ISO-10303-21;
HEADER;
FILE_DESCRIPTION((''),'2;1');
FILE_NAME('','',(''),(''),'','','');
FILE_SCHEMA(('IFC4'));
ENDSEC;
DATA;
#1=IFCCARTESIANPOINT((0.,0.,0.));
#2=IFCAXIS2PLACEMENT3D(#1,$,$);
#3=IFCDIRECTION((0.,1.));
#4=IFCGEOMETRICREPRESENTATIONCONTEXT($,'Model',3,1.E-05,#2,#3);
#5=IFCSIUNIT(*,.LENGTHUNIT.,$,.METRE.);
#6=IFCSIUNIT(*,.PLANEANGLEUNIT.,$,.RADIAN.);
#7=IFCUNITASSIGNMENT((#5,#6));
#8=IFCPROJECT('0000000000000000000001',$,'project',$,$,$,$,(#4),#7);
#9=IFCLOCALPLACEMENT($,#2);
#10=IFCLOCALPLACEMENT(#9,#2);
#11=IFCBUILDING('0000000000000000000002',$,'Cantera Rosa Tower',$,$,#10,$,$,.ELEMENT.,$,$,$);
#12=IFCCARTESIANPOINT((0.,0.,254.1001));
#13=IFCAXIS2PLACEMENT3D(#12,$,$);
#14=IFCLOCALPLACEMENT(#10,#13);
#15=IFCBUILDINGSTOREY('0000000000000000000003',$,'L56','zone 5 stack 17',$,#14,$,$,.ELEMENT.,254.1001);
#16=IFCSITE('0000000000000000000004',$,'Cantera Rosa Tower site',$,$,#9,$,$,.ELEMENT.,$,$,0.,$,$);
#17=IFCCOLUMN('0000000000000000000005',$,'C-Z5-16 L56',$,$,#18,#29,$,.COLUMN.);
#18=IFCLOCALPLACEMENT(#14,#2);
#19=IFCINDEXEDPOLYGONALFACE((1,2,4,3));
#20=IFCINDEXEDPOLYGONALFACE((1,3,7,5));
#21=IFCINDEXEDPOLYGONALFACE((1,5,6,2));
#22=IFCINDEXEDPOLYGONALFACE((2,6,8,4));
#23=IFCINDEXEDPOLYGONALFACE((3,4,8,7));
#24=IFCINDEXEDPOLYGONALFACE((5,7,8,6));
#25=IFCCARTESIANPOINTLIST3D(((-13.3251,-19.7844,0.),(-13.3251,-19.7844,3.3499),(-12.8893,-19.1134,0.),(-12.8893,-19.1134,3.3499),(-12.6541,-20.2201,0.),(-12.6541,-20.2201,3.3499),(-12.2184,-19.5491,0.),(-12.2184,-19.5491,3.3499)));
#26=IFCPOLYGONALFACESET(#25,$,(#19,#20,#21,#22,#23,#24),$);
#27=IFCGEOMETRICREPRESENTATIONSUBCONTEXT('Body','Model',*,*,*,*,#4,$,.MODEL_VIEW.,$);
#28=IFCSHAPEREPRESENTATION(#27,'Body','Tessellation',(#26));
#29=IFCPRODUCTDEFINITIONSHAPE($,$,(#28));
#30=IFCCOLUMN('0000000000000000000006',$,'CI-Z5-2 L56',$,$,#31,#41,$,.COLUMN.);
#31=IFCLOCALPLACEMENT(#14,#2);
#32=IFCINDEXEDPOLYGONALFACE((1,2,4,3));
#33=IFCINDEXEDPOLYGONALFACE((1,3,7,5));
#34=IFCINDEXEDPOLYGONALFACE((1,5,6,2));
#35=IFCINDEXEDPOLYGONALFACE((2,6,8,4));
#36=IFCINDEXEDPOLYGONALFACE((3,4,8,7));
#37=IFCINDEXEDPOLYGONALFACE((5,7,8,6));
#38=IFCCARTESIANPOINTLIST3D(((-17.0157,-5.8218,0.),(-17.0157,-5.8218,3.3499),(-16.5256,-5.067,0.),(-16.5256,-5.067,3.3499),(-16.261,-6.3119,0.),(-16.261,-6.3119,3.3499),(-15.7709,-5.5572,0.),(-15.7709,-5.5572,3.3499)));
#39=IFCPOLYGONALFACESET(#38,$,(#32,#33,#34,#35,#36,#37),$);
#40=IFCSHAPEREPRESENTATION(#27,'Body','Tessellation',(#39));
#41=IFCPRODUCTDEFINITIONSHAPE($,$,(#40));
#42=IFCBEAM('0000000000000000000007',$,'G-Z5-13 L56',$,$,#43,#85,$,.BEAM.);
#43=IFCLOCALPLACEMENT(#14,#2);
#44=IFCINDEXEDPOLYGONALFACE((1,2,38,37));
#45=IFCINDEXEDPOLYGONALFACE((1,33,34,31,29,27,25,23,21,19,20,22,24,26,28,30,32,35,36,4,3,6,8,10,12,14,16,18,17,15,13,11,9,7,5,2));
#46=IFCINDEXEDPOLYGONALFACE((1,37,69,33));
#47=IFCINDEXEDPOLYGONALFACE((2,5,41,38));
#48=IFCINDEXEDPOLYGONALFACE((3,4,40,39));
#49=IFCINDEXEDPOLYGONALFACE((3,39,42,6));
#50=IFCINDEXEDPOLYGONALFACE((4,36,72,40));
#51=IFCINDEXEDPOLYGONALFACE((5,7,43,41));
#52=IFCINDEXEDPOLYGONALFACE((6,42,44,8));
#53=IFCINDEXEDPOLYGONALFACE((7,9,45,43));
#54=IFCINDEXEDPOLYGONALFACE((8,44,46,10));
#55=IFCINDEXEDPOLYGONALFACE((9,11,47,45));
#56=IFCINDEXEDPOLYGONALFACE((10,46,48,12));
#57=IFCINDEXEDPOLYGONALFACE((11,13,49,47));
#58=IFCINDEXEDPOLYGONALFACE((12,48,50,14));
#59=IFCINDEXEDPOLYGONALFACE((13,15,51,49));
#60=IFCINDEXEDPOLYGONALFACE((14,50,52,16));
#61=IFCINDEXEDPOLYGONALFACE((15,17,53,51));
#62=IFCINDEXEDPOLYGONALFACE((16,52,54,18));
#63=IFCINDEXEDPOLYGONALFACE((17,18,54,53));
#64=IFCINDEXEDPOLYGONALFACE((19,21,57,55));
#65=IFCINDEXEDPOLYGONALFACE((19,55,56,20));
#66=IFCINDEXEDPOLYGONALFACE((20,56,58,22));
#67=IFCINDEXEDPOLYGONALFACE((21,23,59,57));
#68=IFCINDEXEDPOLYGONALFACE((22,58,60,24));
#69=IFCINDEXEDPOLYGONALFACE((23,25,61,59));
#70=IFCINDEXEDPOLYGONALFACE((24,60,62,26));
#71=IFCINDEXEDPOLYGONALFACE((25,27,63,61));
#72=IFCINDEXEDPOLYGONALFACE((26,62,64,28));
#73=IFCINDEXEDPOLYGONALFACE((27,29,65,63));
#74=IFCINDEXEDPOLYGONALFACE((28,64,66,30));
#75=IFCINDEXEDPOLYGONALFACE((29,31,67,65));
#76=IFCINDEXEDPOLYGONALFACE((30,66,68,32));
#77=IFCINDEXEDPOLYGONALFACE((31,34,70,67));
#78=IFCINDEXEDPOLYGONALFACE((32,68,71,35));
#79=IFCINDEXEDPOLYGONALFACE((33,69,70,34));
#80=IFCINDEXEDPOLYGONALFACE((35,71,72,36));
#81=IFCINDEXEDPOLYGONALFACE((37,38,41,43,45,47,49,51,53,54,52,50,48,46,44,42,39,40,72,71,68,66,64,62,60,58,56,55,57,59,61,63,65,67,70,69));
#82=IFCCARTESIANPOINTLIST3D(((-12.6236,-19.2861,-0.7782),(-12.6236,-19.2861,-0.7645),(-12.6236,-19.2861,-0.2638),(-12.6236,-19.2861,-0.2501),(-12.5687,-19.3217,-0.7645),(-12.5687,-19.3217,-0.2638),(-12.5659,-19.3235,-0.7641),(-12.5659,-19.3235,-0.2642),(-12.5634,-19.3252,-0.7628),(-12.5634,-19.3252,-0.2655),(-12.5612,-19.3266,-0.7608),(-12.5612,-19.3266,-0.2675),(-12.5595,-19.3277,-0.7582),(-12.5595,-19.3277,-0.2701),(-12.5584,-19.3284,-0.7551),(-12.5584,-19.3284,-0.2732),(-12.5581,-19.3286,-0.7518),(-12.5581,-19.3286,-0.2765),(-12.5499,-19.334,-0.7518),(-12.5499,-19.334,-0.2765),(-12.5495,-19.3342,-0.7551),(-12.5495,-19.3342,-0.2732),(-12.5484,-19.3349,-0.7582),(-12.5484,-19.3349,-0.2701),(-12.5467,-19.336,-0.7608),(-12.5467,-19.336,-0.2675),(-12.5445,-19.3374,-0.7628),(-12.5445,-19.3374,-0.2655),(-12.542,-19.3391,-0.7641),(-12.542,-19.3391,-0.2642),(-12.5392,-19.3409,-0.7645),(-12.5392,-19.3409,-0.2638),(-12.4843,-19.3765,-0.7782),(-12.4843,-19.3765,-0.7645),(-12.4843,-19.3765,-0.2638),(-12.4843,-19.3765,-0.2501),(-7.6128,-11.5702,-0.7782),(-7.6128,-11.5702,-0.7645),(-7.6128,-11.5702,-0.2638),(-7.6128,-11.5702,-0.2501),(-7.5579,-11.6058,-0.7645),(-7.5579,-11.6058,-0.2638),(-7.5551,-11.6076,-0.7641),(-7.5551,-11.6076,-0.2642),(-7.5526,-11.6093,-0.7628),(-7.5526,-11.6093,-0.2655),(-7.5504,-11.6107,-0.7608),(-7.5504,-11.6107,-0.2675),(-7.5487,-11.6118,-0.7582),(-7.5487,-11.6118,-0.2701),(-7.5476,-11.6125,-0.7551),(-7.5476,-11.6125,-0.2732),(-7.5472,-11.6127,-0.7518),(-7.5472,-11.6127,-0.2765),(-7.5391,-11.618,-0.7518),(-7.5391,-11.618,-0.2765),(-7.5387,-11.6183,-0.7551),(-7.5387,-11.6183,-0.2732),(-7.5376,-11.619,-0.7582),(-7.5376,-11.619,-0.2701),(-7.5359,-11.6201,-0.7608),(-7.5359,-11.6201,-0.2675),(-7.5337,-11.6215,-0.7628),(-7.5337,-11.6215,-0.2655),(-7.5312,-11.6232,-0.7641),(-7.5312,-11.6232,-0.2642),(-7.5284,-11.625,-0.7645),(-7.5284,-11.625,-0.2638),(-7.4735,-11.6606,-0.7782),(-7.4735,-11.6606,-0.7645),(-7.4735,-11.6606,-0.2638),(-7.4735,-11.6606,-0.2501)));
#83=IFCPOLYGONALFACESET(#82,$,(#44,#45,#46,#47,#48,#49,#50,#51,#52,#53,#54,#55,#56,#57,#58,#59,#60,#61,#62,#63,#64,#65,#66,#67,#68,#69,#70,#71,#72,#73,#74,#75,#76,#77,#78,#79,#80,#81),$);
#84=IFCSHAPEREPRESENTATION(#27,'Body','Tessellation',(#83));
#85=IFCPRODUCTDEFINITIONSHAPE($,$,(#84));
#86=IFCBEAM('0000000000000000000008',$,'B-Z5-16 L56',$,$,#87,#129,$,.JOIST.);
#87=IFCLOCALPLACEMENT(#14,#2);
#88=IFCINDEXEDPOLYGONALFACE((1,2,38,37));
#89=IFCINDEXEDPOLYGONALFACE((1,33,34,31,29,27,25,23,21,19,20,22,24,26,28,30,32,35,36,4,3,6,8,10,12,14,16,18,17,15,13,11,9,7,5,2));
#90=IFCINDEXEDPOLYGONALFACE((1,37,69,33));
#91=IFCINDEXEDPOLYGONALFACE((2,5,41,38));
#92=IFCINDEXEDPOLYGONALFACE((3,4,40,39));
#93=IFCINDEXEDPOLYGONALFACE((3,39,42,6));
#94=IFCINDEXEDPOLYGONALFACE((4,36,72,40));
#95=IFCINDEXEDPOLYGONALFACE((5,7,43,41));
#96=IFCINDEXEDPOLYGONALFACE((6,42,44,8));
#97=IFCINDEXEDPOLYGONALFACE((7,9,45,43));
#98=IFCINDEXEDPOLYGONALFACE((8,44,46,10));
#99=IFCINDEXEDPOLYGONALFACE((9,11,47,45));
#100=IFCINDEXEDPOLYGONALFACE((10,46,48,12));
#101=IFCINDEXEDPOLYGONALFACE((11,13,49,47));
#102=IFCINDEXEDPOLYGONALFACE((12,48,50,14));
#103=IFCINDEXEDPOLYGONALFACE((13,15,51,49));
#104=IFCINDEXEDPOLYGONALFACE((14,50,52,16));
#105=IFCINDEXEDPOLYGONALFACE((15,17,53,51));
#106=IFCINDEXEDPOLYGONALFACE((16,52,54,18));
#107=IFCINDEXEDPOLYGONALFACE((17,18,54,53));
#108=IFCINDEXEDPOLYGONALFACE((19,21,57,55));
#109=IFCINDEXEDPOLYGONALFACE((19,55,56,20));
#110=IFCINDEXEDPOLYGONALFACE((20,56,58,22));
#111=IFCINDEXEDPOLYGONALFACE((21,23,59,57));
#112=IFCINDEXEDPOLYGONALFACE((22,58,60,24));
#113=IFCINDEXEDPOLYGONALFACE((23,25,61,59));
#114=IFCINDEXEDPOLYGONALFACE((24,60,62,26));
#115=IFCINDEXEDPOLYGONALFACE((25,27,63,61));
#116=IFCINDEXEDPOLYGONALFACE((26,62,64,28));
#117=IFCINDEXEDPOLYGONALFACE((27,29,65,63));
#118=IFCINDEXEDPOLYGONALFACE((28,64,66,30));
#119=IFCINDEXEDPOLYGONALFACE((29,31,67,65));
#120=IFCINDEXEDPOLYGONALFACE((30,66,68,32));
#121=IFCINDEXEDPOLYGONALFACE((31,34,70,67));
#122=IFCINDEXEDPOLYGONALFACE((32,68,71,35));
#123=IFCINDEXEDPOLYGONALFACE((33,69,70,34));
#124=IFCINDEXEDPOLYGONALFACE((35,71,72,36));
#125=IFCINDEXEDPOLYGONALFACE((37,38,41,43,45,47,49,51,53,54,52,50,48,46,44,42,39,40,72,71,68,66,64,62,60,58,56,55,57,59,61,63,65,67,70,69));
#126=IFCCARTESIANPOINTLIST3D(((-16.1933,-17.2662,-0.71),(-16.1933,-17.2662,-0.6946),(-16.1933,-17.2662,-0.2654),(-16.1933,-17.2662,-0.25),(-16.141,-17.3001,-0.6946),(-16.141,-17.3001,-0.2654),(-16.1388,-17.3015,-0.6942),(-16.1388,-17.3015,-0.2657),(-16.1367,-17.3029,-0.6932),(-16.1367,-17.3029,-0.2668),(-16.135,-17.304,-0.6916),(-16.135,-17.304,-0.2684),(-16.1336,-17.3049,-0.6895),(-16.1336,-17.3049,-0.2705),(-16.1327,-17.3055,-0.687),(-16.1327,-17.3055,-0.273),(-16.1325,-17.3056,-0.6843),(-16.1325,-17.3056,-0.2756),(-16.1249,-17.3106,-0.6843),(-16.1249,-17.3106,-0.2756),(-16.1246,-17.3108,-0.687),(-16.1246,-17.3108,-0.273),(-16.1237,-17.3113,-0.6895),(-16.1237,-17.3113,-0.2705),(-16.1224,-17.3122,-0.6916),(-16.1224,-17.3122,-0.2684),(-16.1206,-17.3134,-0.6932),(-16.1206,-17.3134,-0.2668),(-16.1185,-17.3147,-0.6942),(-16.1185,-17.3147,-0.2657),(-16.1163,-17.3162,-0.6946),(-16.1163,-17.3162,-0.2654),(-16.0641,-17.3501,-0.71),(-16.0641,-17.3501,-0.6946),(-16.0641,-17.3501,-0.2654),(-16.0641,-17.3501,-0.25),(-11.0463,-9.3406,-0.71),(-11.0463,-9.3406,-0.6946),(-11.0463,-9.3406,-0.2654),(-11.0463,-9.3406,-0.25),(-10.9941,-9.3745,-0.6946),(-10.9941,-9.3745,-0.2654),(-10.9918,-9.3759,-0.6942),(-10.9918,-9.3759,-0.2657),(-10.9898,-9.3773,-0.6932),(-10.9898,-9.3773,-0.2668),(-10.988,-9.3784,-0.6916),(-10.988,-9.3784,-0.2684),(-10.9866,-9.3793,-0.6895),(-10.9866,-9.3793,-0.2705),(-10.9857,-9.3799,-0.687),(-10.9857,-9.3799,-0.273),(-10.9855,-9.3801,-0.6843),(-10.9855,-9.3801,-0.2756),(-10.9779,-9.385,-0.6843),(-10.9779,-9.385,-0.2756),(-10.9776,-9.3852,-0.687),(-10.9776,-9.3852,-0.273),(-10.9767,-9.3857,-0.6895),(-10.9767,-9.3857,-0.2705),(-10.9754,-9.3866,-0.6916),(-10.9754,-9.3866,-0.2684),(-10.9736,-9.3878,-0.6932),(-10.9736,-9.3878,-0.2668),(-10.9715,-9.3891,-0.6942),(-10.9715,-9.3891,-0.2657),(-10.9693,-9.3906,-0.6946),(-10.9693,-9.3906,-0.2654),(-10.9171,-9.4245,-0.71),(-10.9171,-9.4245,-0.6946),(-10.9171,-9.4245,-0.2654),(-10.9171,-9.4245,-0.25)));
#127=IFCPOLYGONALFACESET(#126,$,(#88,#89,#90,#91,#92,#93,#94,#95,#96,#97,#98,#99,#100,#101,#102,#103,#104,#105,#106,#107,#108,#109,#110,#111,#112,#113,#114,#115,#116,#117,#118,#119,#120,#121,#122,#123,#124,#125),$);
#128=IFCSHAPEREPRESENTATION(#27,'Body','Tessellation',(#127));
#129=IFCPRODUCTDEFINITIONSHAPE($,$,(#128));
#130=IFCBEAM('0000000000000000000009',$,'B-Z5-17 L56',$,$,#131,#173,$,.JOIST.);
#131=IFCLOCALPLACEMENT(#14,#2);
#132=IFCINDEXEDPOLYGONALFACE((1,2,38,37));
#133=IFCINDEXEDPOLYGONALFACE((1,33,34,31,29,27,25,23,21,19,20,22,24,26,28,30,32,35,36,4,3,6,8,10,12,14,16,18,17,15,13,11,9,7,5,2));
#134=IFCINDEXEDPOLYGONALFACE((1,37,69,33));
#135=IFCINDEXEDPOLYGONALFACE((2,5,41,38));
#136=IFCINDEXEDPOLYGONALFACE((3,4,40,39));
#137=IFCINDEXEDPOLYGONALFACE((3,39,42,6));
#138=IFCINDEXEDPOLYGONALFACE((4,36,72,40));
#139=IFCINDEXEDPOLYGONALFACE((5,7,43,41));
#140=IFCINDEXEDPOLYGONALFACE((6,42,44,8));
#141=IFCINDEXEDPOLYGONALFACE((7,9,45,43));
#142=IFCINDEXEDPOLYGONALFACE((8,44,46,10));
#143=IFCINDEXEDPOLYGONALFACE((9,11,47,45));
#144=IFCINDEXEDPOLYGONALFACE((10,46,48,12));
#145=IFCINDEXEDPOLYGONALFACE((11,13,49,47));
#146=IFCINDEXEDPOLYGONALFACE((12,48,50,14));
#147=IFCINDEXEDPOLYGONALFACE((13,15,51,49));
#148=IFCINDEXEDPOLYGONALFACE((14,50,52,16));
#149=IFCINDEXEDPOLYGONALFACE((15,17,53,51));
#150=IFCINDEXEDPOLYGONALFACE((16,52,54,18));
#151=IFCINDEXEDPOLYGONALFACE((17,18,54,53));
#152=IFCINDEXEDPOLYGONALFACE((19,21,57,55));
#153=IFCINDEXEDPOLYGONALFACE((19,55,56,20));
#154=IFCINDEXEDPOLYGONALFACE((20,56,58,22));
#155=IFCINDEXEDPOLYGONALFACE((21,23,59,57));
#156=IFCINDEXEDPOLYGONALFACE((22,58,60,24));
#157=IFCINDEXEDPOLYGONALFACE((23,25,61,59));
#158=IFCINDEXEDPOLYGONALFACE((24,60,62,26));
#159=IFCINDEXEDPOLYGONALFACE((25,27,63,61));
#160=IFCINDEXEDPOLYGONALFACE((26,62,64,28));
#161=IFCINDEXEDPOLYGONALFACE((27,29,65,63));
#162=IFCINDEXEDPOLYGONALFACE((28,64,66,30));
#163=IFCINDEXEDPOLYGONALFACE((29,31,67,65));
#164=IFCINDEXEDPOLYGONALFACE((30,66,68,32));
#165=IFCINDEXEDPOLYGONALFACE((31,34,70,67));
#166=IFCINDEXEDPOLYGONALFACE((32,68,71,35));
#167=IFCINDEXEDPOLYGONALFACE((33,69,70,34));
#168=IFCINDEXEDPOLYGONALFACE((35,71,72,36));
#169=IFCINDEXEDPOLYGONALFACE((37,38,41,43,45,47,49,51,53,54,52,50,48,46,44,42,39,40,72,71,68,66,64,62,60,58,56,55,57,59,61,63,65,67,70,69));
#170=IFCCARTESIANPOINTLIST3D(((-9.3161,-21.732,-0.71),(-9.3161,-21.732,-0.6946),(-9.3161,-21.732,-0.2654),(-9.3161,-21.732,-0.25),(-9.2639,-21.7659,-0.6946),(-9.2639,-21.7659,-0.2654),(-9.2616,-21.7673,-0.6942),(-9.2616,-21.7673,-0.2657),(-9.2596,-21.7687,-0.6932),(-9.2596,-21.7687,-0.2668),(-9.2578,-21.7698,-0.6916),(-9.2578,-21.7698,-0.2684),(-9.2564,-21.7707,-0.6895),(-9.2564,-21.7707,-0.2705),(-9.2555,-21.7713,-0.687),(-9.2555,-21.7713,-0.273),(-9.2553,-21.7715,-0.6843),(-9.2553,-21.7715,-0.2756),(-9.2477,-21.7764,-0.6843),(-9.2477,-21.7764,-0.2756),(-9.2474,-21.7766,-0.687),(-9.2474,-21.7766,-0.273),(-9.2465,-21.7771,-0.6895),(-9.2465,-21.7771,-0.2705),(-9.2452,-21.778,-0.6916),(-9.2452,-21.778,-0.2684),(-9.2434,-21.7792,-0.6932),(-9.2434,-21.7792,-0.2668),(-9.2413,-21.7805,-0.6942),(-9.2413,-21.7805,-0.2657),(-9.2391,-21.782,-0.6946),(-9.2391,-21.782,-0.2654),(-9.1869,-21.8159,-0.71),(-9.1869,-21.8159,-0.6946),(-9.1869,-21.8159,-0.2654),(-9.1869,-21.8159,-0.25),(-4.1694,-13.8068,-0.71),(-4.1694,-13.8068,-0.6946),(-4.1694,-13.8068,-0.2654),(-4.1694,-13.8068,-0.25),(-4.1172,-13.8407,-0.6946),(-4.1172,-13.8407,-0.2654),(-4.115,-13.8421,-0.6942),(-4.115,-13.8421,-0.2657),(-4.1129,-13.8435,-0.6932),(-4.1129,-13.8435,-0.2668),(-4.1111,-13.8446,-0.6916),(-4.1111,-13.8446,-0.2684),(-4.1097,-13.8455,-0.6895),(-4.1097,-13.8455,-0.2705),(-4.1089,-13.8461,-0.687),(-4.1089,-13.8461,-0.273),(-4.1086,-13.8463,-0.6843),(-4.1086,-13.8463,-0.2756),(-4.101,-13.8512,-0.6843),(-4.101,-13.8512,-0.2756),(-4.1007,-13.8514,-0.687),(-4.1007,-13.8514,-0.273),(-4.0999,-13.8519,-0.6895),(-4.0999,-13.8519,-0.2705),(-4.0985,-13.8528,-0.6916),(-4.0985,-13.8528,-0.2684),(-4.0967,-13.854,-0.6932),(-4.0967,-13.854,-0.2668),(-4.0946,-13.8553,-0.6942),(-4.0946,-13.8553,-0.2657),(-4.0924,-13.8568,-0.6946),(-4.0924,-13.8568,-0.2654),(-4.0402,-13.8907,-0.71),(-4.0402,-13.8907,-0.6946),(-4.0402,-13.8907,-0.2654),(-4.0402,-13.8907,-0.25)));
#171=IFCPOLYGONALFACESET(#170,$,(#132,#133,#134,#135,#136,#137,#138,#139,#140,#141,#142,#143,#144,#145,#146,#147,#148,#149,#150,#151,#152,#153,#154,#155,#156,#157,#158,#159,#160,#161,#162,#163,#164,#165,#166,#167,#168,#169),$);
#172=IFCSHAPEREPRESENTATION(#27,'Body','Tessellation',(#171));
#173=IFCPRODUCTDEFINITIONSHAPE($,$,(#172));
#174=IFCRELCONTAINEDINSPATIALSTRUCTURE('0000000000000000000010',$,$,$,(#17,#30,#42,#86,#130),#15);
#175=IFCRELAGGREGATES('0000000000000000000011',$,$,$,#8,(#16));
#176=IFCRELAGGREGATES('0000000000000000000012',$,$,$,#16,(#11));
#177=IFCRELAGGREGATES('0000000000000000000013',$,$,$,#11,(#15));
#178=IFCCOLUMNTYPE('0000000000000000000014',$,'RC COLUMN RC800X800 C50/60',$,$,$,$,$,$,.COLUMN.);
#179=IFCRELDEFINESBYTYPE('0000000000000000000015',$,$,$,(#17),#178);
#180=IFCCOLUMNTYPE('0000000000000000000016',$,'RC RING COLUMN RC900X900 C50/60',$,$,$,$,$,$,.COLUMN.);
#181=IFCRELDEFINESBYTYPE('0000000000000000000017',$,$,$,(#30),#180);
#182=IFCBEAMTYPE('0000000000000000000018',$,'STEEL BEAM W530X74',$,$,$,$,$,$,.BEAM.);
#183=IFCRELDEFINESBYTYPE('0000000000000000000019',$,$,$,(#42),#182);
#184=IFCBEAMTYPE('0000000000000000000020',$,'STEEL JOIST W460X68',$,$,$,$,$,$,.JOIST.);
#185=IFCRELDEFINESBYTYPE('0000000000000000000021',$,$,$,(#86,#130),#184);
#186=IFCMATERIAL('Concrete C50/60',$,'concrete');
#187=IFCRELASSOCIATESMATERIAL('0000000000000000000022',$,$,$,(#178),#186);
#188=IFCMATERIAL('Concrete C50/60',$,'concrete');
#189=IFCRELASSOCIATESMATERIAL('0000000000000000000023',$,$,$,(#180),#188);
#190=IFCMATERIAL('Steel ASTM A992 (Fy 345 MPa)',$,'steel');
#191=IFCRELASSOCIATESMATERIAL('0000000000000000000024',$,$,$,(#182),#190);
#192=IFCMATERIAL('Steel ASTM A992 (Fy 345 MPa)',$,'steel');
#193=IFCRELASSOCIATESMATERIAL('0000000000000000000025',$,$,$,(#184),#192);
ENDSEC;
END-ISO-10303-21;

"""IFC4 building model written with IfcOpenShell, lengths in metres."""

from ifc_helpers import new_model, si_unit, direction, frame, origin, origin_2d, place, context, subcontext, project, spatial, rectangle, i_section, extrude, material, material_profile, profile_set, type_object, element, save


model = new_model("IFC4")

# Units and contexts
model_context = context("Model", 3, precision=1e-05, world=origin(), true_north=direction((0.0, 1.0)))
body_context = subcontext(model_context, "Body", "Model", "MODEL_VIEW")
ifc_project = project(units=[si_unit("LENGTHUNIT", "METRE"), si_unit("PLANEANGLEUNIT", "RADIAN")], contexts=[model_context])

# Site, building, storey
site_placement = place(None, origin())
site = spatial("IfcSite", under=ifc_project, at=site_placement, Name="Cantera Rosa Tower site", CompositionType="ELEMENT", RefElevation=0.0)
building_placement = place(site_placement, origin())
building = spatial("IfcBuilding", under=site, at=building_placement, Name="Cantera Rosa Tower", CompositionType="ELEMENT")
storey_placement = place(building_placement, frame((0.0, 0.0, 254.1001)))
storey = spatial("IfcBuildingStorey", under=building, at=storey_placement, Name="L56", Description="zone 5 stack 17", CompositionType="ELEMENT", Elevation=254.1001)

# Columns
ifc_material_1 = material(Name="Concrete C50/60", Category="concrete")
ifc_material_profile_1 = material_profile(ifc_material_1, rectangle(XDim=0.8, YDim=0.8, at=origin_2d()), Name="RC COLUMN RC800X800 C50/60")
ifc_profile_set_1 = profile_set([ifc_material_profile_1], Name="Concrete C50/60")
column_type_1 = type_object("IfcColumnType", Name="RC COLUMN RC800X800 C50/60", PredefinedType="COLUMN", material=ifc_profile_set_1)
column_1_placement = place(storey_placement, frame((-12.7717, -19.6667, 0.0), z_axis=(0.0, 0.0, 1.0), x_axis=(0.544639, 0.838671, 0.0)))
element("IfcColumn", 1, at=column_1_placement, inside=storey, type_object=column_type_1, Name="C-Z5-16 L56", PredefinedType="COLUMN", context=body_context, shape_type="SweptSolid", body=[
    extrude(rectangle(XDim=0.8, YDim=0.8, at=origin_2d()), origin(), (0.0, 0.0, 1.0), 3.3499),
])
ifc_material_2 = material(Name="Concrete C50/60", Category="concrete")
ifc_material_profile_2 = material_profile(ifc_material_2, rectangle(XDim=0.8999, YDim=0.8999, at=origin_2d()), Name="RC RING COLUMN RC900X900 C50/60")
ifc_profile_set_2 = profile_set([ifc_material_profile_2], Name="Concrete C50/60")
column_type_2 = type_object("IfcColumnType", Name="RC RING COLUMN RC900X900 C50/60", PredefinedType="COLUMN", material=ifc_profile_set_2)
column_2_placement = place(storey_placement, frame((-16.3933, -5.6895, 0.0), z_axis=(0.0, 0.0, 1.0), x_axis=(0.544639, 0.838671, 0.0)))
element("IfcColumn", 2, at=column_2_placement, inside=storey, type_object=column_type_2, Name="CI-Z5-2 L56", PredefinedType="COLUMN", context=body_context, shape_type="SweptSolid", body=[
    extrude(rectangle(XDim=0.8999, YDim=0.8999, at=origin_2d()), origin(), (0.0, 0.0, 1.0), 3.3499),
])

# Beams
ifc_material_3 = material(Name="Steel ASTM A992 (Fy 345 MPa)", Category="steel")
ifc_material_profile_3 = material_profile(ifc_material_3, i_section(OverallWidth=0.166, OverallDepth=0.5281, WebThickness=0.0098, FlangeThickness=0.0137, FilletRadius=0.0127, at=origin_2d()), Name="W530X74")
ifc_profile_set_3 = profile_set([ifc_material_profile_3], Name="Steel ASTM A992 (Fy 345 MPa)")
beam_type_1 = type_object("IfcBeamType", Name="STEEL BEAM W530X74", PredefinedType="BEAM", material=ifc_profile_set_3)
beam_1_placement = place(storey_placement, frame((-12.554, -19.3313, -0.5142), z_axis=(0.544641, 0.838669, 0.0), x_axis=(-0.838669, 0.544641, 0.0)))
element("IfcBeam", 3, at=beam_1_placement, inside=storey, type_object=beam_type_1, Name="G-Z5-13 L56", PredefinedType="BEAM", context=body_context, shape_type="SweptSolid", body=[
    extrude(i_section(OverallWidth=0.166, OverallDepth=0.5281, WebThickness=0.0098, FlangeThickness=0.0137, FilletRadius=0.0127, at=origin_2d()), origin(), (0.0, 0.0, 1.0), 9.2002),
])
ifc_material_4 = material(Name="Steel ASTM A992 (Fy 345 MPa)", Category="steel")
ifc_material_profile_4 = material_profile(ifc_material_4, i_section(OverallWidth=0.1541, OverallDepth=0.46, WebThickness=0.009, FlangeThickness=0.0154, FilletRadius=0.0103, at=origin_2d()), Name="W460X68")
ifc_profile_set_4 = profile_set([ifc_material_profile_4], Name="Steel ASTM A992 (Fy 345 MPa)")
beam_type_2 = type_object("IfcBeamType", Name="STEEL JOIST W460X68", PredefinedType="JOIST", material=ifc_profile_set_4)
beam_2_placement = place(storey_placement, frame((-16.1287, -17.3081, -0.48), z_axis=(0.544644, 0.838667, 0.0), x_axis=(-0.838667, 0.544644, 0.0)))
element("IfcBeam", 4, at=beam_2_placement, inside=storey, type_object=beam_type_2, Name="B-Z5-16 L56", PredefinedType="JOIST", context=body_context, shape_type="SweptSolid", body=[
    extrude(i_section(OverallWidth=0.1541, OverallDepth=0.46, WebThickness=0.009, FlangeThickness=0.0154, FilletRadius=0.0103, at=origin_2d()), origin(), (0.0, 0.0, 1.0), 9.4502),
])
beam_3_placement = place(storey_placement, frame((-9.2515, -21.7739, -0.48), z_axis=(0.544638, 0.838671, 0.0), x_axis=(-0.838671, 0.544638, 0.0)))
element("IfcBeam", 5, at=beam_3_placement, inside=storey, type_object=beam_type_2, Name="B-Z5-17 L56", PredefinedType="JOIST", context=body_context, shape_type="SweptSolid", body=[
    extrude(i_section(OverallWidth=0.1541, OverallDepth=0.46, WebThickness=0.009, FlangeThickness=0.0154, FilletRadius=0.0103, at=origin_2d()), origin(), (0.0, 0.0, 1.0), 9.4497),
])

save(model, "model.ifc")
